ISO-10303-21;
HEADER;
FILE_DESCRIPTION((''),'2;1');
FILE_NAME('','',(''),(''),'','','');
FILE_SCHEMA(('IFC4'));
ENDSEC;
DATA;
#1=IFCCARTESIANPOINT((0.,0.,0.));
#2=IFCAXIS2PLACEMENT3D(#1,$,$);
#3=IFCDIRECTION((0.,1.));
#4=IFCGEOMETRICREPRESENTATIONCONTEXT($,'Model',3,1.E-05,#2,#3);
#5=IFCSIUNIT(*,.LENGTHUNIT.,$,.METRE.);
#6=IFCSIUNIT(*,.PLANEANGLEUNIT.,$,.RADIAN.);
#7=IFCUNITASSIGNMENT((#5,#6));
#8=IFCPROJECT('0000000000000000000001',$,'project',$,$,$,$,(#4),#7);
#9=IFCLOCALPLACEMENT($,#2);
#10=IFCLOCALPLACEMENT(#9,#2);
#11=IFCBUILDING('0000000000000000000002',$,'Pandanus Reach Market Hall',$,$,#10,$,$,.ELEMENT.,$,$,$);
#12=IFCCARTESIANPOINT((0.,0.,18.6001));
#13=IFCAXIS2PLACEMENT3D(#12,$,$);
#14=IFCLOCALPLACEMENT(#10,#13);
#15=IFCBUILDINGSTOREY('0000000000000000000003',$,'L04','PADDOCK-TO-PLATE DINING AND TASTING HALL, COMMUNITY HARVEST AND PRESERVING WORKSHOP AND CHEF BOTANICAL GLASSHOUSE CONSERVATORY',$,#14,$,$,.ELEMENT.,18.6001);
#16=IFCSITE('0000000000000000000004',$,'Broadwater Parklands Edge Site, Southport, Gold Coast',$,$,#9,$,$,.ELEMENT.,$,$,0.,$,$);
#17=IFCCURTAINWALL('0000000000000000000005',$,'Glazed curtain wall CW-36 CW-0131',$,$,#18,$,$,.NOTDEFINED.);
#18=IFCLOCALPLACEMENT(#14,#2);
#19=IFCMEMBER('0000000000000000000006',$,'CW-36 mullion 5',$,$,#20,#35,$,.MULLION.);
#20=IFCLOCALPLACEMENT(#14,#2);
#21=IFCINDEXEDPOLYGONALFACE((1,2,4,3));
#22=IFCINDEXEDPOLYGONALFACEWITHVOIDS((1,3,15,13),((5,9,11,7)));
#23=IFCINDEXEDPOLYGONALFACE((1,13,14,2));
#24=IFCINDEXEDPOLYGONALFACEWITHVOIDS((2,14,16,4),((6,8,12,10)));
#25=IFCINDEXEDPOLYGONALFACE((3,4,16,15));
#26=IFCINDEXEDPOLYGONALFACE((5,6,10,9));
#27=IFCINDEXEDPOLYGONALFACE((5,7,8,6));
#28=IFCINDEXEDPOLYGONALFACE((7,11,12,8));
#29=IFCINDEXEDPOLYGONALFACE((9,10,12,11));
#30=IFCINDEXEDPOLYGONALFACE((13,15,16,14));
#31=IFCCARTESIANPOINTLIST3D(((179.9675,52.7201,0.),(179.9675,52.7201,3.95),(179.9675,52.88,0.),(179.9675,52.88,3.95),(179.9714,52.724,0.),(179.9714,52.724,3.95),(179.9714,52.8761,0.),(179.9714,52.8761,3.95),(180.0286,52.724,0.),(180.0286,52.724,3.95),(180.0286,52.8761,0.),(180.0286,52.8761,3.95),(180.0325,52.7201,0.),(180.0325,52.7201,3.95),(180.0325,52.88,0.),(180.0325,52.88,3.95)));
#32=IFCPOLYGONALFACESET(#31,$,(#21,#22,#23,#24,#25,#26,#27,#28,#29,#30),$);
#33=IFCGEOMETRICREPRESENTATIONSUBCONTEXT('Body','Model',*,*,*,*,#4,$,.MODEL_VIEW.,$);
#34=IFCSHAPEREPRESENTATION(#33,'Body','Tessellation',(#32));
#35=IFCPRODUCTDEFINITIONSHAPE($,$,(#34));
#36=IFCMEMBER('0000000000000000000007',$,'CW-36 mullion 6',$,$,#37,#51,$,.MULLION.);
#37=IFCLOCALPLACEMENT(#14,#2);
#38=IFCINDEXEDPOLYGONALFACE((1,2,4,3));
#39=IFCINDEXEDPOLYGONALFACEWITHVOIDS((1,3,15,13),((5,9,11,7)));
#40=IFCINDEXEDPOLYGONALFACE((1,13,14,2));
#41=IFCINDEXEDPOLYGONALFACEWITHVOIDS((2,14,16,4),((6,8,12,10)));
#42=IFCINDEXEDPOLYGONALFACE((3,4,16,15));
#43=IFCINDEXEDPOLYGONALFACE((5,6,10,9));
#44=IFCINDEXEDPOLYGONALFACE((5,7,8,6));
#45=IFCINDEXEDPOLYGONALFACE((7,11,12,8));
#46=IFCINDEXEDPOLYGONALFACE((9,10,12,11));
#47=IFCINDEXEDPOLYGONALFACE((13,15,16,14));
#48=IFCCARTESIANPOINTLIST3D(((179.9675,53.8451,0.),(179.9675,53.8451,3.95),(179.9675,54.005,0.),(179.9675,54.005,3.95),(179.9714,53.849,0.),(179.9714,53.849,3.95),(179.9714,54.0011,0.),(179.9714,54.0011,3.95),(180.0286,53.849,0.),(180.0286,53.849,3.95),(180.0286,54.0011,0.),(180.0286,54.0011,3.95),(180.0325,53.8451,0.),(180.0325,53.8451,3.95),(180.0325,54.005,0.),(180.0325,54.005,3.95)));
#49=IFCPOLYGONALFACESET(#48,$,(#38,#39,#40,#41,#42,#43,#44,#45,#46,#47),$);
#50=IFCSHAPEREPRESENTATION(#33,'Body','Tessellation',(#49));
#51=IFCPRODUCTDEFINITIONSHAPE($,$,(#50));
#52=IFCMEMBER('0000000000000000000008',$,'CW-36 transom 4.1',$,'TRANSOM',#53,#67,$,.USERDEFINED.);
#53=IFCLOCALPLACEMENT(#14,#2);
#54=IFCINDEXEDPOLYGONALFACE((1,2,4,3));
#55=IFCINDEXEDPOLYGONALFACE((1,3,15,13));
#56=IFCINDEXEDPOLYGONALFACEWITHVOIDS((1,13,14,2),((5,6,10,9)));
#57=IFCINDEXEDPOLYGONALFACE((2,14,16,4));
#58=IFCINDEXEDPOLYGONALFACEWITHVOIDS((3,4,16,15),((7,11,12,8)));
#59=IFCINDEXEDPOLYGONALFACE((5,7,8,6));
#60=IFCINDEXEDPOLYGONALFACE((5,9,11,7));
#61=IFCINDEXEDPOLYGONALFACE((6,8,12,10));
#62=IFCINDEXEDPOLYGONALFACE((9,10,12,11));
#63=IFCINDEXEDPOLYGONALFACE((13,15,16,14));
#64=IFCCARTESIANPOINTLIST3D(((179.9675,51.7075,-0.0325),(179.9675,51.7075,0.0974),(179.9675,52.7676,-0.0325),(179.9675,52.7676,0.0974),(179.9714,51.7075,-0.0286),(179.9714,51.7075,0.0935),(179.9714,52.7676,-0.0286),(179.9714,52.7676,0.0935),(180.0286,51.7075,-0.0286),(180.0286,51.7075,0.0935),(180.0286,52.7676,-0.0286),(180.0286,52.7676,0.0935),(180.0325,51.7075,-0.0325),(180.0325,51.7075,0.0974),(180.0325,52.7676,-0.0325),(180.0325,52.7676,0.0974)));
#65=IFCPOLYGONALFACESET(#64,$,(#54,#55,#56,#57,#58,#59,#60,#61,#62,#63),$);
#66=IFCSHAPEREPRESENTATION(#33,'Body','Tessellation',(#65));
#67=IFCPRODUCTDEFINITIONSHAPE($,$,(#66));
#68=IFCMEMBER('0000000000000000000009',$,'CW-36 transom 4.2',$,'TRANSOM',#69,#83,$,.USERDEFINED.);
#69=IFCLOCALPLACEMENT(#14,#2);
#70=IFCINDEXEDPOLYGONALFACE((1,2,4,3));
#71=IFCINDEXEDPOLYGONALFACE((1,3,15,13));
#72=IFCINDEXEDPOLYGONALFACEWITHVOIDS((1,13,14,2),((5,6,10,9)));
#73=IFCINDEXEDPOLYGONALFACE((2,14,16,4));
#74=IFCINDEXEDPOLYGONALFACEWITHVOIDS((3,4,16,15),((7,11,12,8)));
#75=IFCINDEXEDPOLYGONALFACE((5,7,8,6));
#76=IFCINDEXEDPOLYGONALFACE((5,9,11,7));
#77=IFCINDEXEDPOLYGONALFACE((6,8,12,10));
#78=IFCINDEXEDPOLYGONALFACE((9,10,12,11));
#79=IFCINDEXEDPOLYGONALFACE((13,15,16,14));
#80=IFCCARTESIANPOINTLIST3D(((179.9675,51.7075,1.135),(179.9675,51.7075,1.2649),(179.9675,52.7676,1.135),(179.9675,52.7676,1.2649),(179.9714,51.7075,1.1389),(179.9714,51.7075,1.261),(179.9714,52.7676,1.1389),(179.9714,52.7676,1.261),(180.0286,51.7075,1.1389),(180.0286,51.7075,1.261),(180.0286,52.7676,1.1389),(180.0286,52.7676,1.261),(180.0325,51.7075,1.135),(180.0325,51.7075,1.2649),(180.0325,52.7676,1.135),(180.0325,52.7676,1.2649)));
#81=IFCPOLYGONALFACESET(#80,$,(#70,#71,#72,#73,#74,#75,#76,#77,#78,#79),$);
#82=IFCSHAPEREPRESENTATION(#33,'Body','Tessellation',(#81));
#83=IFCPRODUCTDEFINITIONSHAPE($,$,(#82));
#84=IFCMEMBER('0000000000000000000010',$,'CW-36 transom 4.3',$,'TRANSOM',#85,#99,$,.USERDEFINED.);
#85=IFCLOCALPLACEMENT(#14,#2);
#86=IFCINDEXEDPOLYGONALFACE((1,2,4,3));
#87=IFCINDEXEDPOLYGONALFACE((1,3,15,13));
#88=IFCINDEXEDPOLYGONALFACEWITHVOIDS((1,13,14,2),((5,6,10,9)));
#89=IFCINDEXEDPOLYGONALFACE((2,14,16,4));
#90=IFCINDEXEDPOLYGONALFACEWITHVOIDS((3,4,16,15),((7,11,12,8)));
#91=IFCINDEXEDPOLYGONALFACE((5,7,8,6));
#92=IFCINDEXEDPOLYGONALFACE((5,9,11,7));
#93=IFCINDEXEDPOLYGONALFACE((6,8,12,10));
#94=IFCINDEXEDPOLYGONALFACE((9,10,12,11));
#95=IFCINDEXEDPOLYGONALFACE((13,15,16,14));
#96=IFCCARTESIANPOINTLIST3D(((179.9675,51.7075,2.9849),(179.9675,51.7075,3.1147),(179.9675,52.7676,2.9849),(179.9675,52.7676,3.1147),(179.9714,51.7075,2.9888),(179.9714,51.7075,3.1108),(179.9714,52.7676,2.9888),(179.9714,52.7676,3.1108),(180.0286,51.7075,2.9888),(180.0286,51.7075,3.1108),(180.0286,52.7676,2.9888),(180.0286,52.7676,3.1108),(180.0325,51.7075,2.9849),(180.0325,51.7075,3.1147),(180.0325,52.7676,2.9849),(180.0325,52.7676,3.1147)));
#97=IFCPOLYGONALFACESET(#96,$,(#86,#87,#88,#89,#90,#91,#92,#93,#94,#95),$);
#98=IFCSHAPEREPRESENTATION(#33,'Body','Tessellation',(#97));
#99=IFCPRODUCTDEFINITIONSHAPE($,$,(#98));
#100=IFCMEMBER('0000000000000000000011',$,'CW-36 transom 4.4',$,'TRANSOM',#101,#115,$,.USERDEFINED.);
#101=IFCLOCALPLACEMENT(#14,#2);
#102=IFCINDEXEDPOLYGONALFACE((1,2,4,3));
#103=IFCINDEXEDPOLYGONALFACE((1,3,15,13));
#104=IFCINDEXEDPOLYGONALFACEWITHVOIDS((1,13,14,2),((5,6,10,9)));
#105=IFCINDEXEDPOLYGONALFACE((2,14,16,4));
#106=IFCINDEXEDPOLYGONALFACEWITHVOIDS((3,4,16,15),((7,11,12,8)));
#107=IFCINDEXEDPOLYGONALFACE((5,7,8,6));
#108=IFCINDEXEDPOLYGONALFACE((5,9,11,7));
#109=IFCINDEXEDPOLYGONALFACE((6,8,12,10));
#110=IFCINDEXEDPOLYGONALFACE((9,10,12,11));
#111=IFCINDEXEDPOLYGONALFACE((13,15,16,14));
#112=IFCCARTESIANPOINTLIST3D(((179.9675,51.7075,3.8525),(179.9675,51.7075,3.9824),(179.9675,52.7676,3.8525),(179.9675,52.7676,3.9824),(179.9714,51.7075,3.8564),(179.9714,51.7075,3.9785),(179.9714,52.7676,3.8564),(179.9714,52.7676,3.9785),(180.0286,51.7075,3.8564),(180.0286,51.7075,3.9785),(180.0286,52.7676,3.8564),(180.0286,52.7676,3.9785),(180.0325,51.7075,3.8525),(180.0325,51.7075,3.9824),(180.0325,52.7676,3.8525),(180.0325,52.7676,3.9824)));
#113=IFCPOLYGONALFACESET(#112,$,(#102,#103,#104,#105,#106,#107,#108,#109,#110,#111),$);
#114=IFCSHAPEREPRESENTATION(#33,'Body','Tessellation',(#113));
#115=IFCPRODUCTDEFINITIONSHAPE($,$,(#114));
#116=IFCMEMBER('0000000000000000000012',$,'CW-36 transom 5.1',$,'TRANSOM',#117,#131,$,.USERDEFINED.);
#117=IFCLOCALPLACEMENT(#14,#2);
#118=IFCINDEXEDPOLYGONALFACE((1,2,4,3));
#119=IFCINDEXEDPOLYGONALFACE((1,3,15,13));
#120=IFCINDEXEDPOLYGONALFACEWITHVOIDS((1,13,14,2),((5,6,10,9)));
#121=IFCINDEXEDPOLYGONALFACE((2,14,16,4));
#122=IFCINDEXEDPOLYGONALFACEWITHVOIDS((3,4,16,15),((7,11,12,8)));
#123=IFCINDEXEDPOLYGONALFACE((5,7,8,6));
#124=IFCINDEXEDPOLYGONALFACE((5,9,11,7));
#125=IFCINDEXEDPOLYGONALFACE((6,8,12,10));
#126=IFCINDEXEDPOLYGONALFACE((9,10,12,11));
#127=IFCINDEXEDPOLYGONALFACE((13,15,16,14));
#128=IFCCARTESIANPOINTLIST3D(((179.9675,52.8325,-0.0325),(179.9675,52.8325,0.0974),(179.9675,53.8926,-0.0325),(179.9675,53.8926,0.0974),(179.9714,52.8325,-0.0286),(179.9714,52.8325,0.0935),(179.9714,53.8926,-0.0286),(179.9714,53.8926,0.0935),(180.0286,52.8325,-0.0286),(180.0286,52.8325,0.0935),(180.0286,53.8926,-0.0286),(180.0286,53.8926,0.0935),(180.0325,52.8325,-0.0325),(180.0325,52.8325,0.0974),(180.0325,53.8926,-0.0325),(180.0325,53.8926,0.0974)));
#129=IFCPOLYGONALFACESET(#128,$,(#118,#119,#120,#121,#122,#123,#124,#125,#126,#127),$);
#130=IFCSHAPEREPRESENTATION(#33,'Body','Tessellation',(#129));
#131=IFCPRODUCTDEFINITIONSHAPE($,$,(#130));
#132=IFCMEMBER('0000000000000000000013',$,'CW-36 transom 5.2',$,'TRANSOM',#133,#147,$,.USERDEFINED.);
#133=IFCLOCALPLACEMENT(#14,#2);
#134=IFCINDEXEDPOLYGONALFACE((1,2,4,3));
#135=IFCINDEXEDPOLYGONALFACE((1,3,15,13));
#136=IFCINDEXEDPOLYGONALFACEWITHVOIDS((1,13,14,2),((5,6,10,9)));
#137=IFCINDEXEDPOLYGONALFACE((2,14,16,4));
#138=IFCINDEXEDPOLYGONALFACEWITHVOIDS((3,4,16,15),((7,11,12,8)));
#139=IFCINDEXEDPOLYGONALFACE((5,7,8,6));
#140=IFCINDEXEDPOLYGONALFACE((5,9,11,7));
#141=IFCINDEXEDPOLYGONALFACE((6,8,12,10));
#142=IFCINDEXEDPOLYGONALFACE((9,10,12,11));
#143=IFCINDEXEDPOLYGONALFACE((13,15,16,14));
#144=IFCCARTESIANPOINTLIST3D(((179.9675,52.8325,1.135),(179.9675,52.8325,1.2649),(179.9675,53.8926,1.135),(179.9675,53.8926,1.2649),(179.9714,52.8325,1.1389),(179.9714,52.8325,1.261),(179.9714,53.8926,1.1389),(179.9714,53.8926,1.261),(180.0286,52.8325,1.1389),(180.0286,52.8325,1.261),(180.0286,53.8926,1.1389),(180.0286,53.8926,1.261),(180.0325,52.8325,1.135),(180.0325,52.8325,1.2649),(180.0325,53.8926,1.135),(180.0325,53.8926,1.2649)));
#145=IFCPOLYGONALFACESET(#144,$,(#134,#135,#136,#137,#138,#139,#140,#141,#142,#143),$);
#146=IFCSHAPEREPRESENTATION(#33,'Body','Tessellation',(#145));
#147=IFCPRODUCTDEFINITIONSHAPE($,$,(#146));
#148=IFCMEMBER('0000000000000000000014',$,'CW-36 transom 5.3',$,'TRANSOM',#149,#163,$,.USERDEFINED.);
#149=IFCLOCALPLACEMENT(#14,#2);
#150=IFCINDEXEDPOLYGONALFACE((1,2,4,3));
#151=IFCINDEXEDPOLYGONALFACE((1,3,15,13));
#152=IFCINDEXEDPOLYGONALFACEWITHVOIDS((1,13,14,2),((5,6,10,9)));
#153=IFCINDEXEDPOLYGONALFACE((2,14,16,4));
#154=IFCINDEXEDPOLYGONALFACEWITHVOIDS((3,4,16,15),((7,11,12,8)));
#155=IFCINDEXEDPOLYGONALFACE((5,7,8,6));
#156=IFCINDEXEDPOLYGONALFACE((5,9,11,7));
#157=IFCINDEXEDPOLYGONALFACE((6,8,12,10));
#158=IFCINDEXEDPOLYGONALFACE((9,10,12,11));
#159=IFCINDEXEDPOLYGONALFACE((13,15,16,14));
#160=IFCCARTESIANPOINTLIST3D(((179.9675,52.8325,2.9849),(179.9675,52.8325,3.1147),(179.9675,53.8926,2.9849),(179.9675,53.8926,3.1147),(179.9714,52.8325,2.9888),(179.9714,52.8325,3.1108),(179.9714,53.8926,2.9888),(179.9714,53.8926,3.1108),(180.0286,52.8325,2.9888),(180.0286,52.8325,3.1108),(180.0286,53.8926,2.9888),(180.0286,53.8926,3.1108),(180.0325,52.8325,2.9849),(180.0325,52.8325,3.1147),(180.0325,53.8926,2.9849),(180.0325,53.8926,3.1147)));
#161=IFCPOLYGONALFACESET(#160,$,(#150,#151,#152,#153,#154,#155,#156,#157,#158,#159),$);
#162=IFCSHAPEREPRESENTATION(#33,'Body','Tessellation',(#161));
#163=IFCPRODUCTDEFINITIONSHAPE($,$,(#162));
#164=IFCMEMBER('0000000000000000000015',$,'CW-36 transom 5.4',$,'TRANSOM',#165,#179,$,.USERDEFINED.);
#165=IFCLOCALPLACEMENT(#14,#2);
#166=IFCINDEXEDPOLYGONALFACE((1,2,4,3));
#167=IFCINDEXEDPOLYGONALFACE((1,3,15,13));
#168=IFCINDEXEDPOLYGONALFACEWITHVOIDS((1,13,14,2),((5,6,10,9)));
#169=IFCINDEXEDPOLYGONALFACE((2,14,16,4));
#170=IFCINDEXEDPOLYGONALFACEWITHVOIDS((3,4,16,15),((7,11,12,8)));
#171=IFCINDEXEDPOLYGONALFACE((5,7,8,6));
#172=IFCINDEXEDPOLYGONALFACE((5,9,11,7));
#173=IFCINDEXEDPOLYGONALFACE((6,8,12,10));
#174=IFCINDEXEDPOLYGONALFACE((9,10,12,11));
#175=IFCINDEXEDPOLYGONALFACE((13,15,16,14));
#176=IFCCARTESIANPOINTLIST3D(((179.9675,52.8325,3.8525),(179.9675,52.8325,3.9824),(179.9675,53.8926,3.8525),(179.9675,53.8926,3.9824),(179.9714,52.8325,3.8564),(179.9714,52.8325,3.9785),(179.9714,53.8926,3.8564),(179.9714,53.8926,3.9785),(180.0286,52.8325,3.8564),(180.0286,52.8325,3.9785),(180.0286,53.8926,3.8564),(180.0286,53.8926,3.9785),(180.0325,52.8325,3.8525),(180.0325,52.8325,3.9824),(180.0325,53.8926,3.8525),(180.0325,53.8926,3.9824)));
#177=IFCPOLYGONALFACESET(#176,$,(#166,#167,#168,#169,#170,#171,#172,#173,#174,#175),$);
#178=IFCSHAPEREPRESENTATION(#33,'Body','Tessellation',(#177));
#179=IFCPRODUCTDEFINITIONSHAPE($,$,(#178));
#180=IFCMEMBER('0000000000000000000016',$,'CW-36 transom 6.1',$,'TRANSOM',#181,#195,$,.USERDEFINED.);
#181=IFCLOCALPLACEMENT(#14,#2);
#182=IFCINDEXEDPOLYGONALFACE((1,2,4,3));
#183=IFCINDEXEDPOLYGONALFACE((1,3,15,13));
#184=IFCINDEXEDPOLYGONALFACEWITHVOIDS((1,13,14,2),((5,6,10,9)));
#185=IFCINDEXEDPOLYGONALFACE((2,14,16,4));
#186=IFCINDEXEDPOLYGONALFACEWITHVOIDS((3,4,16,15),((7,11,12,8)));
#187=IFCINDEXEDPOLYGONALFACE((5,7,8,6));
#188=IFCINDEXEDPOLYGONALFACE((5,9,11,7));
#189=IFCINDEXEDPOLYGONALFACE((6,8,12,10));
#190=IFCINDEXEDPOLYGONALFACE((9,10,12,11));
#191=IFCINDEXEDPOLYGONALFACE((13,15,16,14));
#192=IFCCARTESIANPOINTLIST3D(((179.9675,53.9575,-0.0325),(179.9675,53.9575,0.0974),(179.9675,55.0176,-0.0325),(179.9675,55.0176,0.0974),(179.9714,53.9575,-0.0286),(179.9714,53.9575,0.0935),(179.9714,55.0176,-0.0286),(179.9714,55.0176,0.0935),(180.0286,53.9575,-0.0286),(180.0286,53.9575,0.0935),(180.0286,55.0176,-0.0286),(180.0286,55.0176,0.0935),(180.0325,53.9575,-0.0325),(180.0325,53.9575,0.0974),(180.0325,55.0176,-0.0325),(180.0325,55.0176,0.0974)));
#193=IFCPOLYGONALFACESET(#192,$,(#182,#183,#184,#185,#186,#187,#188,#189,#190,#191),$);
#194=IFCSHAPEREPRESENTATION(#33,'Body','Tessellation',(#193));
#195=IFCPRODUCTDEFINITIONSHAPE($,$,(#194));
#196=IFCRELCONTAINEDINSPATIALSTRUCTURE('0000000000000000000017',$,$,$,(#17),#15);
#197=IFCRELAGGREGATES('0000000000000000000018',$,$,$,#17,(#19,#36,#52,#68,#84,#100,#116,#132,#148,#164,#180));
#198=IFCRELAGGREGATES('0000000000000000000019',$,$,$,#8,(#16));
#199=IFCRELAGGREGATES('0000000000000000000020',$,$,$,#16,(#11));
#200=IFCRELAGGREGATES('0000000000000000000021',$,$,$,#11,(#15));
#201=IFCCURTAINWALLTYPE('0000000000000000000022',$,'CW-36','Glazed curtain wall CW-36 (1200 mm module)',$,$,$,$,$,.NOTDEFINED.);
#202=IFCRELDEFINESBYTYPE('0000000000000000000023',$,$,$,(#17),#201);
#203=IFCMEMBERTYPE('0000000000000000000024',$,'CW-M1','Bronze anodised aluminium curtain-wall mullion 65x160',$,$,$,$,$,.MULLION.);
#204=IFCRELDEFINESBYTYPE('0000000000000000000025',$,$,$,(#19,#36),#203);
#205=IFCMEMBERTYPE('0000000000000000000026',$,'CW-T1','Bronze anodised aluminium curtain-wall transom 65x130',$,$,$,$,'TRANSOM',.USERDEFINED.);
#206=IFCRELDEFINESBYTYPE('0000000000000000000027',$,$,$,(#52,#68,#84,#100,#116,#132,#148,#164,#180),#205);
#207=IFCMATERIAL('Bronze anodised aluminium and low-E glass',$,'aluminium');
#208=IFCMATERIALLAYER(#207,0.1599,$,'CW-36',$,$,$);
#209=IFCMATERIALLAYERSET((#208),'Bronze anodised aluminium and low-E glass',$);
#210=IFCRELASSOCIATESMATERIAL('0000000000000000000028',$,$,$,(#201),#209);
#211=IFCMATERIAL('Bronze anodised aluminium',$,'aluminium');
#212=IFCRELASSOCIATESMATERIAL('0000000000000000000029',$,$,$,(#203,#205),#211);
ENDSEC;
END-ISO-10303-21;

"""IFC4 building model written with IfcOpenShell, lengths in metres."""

from ifc_helpers import new_model, si_unit, direction, frame, origin, origin_2d, place, context, subcontext, project, spatial, hollow_rectangle, extrude, material, layer, layer_set, material_profile, profile_set, type_object, element, aggregate, save


model = new_model("IFC4")

# Units and contexts
model_context = context("Model", 3, precision=1e-05, world=origin(), true_north=direction((0.0, 1.0)))
body_context = subcontext(model_context, "Body", "Model", "MODEL_VIEW")
ifc_project = project(units=[si_unit("LENGTHUNIT", "METRE"), si_unit("PLANEANGLEUNIT", "RADIAN")], contexts=[model_context])

# Site, building, storey
site_placement = place(None, origin())
site = spatial("IfcSite", under=ifc_project, at=site_placement, Name="Broadwater Parklands Edge Site, Southport, Gold Coast", CompositionType="ELEMENT", RefElevation=0.0)
building_placement = place(site_placement, origin())
building = spatial("IfcBuilding", under=site, at=building_placement, Name="Pandanus Reach Market Hall", CompositionType="ELEMENT")
storey_placement = place(building_placement, frame((0.0, 0.0, 18.6001)))
storey = spatial("IfcBuildingStorey", under=building, at=storey_placement, Name="L04", Description="PADDOCK-TO-PLATE DINING AND TASTING HALL, COMMUNITY HARVEST AND PRESERVING WORKSHOP AND CHEF BOTANICAL GLASSHOUSE CONSERVATORY", CompositionType="ELEMENT", Elevation=18.6001)

# Curtain wall, members
ifc_material_1 = material(Name="Bronze anodised aluminium and low-E glass", Category="aluminium")
ifc_layer_1 = layer(ifc_material_1, 0.1599, Name="CW-36")
ifc_layer_set_1 = layer_set([ifc_layer_1], Name="Bronze anodised aluminium and low-E glass")
curtain_wall_type = type_object("IfcCurtainWallType", Name="CW-36", Description="Glazed curtain wall CW-36 (1200 mm module)", PredefinedType="NOTDEFINED", material=ifc_layer_set_1)
curtain_wall_placement = place(storey_placement, origin())
curtain_wall = element("IfcCurtainWall", 1, at=curtain_wall_placement, inside=storey, type_object=curtain_wall_type, Name="Glazed curtain wall CW-36 CW-0131", PredefinedType="NOTDEFINED")
ifc_material_2 = material(Name="Bronze anodised aluminium", Category="aluminium")
ifc_material_profile_1 = material_profile(ifc_material_2, hollow_rectangle(XDim=0.0649, YDim=0.1599, WallThickness=0.0039, at=origin_2d()), Name="ALU65x160", Category="LoadBearing")
ifc_profile_set_1 = profile_set([ifc_material_profile_1], Name="Bronze anodised aluminium")
member_type_1 = type_object("IfcMemberType", Name="CW-M1", Description="Bronze anodised aluminium curtain-wall mullion 65x160", PredefinedType="MULLION", material=ifc_profile_set_1)
member_1_placement = place(storey_placement, frame((180.0, 52.8, 0.0), z_axis=(0.0, 0.0, 1.0), x_axis=(-1.0, 0.0, 0.0)))
member_1 = element("IfcMember", 2, at=member_1_placement, type_object=member_type_1, Name="CW-36 mullion 5", PredefinedType="MULLION", context=body_context, shape_type="SweptSolid", body=[
    extrude(hollow_rectangle(XDim=0.0649, YDim=0.1599, WallThickness=0.0039, at=origin_2d()), origin(), (0.0, 0.0, 1.0), 3.95),
])
member_2_placement = place(storey_placement, frame((180.0, 53.925, 0.0), z_axis=(0.0, 0.0, 1.0), x_axis=(-1.0, 0.0, 0.0)))
member_2 = element("IfcMember", 3, at=member_2_placement, type_object=member_type_1, Name="CW-36 mullion 6", PredefinedType="MULLION", context=body_context, shape_type="SweptSolid", body=[
    extrude(hollow_rectangle(XDim=0.0649, YDim=0.1599, WallThickness=0.0039, at=origin_2d()), origin(), (0.0, 0.0, 1.0), 3.95),
])
ifc_material_profile_2 = material_profile(ifc_material_2, hollow_rectangle(XDim=0.0649, YDim=0.1299, WallThickness=0.0039, at=origin_2d()), Name="ALU65x130", Category="LoadBearing")
ifc_profile_set_2 = profile_set([ifc_material_profile_2], Name="Bronze anodised aluminium")
member_type_2 = type_object("IfcMemberType", Name="CW-T1", Description="Bronze anodised aluminium curtain-wall transom 65x130", ElementType="TRANSOM", PredefinedType="USERDEFINED", material=ifc_profile_set_2)
member_3_placement = place(storey_placement, frame((180.0, 51.7075, 0.0325), z_axis=(0.0, 1.0, 0.0), x_axis=(-1.0, 0.0, 0.0)))
member_3 = element("IfcMember", 4, at=member_3_placement, type_object=member_type_2, Name="CW-36 transom 4.1", ObjectType="TRANSOM", PredefinedType="USERDEFINED", context=body_context, shape_type="SweptSolid", body=[
    extrude(hollow_rectangle(XDim=0.0649, YDim=0.1299, WallThickness=0.0039, at=origin_2d()), origin(), (0.0, 0.0, 1.0), 1.0601),
])
member_4_placement = place(storey_placement, frame((180.0, 51.7075, 1.2), z_axis=(0.0, 1.0, 0.0), x_axis=(-1.0, 0.0, 0.0)))
member_4 = element("IfcMember", 5, at=member_4_placement, type_object=member_type_2, Name="CW-36 transom 4.2", ObjectType="TRANSOM", PredefinedType="USERDEFINED", context=body_context, shape_type="SweptSolid", body=[
    extrude(hollow_rectangle(XDim=0.0649, YDim=0.1299, WallThickness=0.0039, at=origin_2d()), origin(), (0.0, 0.0, 1.0), 1.0601),
])
member_5_placement = place(storey_placement, frame((180.0, 51.7075, 3.0498), z_axis=(0.0, 1.0, 0.0), x_axis=(-1.0, 0.0, 0.0)))
member_5 = element("IfcMember", 6, at=member_5_placement, type_object=member_type_2, Name="CW-36 transom 4.3", ObjectType="TRANSOM", PredefinedType="USERDEFINED", context=body_context, shape_type="SweptSolid", body=[
    extrude(hollow_rectangle(XDim=0.0649, YDim=0.1299, WallThickness=0.0039, at=origin_2d()), origin(), (0.0, 0.0, 1.0), 1.0601),
])
member_6_placement = place(storey_placement, frame((180.0, 51.7075, 3.9175), z_axis=(0.0, 1.0, 0.0), x_axis=(-1.0, 0.0, 0.0)))
member_6 = element("IfcMember", 7, at=member_6_placement, type_object=member_type_2, Name="CW-36 transom 4.4", ObjectType="TRANSOM", PredefinedType="USERDEFINED", context=body_context, shape_type="SweptSolid", body=[
    extrude(hollow_rectangle(XDim=0.0649, YDim=0.1299, WallThickness=0.0039, at=origin_2d()), origin(), (0.0, 0.0, 1.0), 1.0601),
])
member_7_placement = place(storey_placement, frame((180.0, 52.8325, 0.0325), z_axis=(0.0, 1.0, 0.0), x_axis=(-1.0, 0.0, 0.0)))
member_7 = element("IfcMember", 8, at=member_7_placement, type_object=member_type_2, Name="CW-36 transom 5.1", ObjectType="TRANSOM", PredefinedType="USERDEFINED", context=body_context, shape_type="SweptSolid", body=[
    extrude(hollow_rectangle(XDim=0.0649, YDim=0.1299, WallThickness=0.0039, at=origin_2d()), origin(), (0.0, 0.0, 1.0), 1.0601),
])
member_8_placement = place(storey_placement, frame((180.0, 52.8325, 1.2), z_axis=(0.0, 1.0, 0.0), x_axis=(-1.0, 0.0, 0.0)))
member_8 = element("IfcMember", 9, at=member_8_placement, type_object=member_type_2, Name="CW-36 transom 5.2", ObjectType="TRANSOM", PredefinedType="USERDEFINED", context=body_context, shape_type="SweptSolid", body=[
    extrude(hollow_rectangle(XDim=0.0649, YDim=0.1299, WallThickness=0.0039, at=origin_2d()), origin(), (0.0, 0.0, 1.0), 1.0601),
])
member_9_placement = place(storey_placement, frame((180.0, 52.8325, 3.0498), z_axis=(0.0, 1.0, 0.0), x_axis=(-1.0, 0.0, 0.0)))
member_9 = element("IfcMember", 10, at=member_9_placement, type_object=member_type_2, Name="CW-36 transom 5.3", ObjectType="TRANSOM", PredefinedType="USERDEFINED", context=body_context, shape_type="SweptSolid", body=[
    extrude(hollow_rectangle(XDim=0.0649, YDim=0.1299, WallThickness=0.0039, at=origin_2d()), origin(), (0.0, 0.0, 1.0), 1.0601),
])
member_10_placement = place(storey_placement, frame((180.0, 52.8325, 3.9175), z_axis=(0.0, 1.0, 0.0), x_axis=(-1.0, 0.0, 0.0)))
member_10 = element("IfcMember", 11, at=member_10_placement, type_object=member_type_2, Name="CW-36 transom 5.4", ObjectType="TRANSOM", PredefinedType="USERDEFINED", context=body_context, shape_type="SweptSolid", body=[
    extrude(hollow_rectangle(XDim=0.0649, YDim=0.1299, WallThickness=0.0039, at=origin_2d()), origin(), (0.0, 0.0, 1.0), 1.0601),
])
member_11_placement = place(storey_placement, frame((180.0, 53.9575, 0.0325), z_axis=(0.0, 1.0, 0.0), x_axis=(-1.0, 0.0, 0.0)))
member_11 = element("IfcMember", 12, at=member_11_placement, type_object=member_type_2, Name="CW-36 transom 6.1", ObjectType="TRANSOM", PredefinedType="USERDEFINED", context=body_context, shape_type="SweptSolid", body=[
    extrude(hollow_rectangle(XDim=0.0649, YDim=0.1299, WallThickness=0.0039, at=origin_2d()), origin(), (0.0, 0.0, 1.0), 1.0601),
])
aggregate(curtain_wall, [member_1, member_2, member_3, member_4, member_5, member_6, member_7, member_8, member_9, member_10, member_11])

save(model, "model.ifc")
